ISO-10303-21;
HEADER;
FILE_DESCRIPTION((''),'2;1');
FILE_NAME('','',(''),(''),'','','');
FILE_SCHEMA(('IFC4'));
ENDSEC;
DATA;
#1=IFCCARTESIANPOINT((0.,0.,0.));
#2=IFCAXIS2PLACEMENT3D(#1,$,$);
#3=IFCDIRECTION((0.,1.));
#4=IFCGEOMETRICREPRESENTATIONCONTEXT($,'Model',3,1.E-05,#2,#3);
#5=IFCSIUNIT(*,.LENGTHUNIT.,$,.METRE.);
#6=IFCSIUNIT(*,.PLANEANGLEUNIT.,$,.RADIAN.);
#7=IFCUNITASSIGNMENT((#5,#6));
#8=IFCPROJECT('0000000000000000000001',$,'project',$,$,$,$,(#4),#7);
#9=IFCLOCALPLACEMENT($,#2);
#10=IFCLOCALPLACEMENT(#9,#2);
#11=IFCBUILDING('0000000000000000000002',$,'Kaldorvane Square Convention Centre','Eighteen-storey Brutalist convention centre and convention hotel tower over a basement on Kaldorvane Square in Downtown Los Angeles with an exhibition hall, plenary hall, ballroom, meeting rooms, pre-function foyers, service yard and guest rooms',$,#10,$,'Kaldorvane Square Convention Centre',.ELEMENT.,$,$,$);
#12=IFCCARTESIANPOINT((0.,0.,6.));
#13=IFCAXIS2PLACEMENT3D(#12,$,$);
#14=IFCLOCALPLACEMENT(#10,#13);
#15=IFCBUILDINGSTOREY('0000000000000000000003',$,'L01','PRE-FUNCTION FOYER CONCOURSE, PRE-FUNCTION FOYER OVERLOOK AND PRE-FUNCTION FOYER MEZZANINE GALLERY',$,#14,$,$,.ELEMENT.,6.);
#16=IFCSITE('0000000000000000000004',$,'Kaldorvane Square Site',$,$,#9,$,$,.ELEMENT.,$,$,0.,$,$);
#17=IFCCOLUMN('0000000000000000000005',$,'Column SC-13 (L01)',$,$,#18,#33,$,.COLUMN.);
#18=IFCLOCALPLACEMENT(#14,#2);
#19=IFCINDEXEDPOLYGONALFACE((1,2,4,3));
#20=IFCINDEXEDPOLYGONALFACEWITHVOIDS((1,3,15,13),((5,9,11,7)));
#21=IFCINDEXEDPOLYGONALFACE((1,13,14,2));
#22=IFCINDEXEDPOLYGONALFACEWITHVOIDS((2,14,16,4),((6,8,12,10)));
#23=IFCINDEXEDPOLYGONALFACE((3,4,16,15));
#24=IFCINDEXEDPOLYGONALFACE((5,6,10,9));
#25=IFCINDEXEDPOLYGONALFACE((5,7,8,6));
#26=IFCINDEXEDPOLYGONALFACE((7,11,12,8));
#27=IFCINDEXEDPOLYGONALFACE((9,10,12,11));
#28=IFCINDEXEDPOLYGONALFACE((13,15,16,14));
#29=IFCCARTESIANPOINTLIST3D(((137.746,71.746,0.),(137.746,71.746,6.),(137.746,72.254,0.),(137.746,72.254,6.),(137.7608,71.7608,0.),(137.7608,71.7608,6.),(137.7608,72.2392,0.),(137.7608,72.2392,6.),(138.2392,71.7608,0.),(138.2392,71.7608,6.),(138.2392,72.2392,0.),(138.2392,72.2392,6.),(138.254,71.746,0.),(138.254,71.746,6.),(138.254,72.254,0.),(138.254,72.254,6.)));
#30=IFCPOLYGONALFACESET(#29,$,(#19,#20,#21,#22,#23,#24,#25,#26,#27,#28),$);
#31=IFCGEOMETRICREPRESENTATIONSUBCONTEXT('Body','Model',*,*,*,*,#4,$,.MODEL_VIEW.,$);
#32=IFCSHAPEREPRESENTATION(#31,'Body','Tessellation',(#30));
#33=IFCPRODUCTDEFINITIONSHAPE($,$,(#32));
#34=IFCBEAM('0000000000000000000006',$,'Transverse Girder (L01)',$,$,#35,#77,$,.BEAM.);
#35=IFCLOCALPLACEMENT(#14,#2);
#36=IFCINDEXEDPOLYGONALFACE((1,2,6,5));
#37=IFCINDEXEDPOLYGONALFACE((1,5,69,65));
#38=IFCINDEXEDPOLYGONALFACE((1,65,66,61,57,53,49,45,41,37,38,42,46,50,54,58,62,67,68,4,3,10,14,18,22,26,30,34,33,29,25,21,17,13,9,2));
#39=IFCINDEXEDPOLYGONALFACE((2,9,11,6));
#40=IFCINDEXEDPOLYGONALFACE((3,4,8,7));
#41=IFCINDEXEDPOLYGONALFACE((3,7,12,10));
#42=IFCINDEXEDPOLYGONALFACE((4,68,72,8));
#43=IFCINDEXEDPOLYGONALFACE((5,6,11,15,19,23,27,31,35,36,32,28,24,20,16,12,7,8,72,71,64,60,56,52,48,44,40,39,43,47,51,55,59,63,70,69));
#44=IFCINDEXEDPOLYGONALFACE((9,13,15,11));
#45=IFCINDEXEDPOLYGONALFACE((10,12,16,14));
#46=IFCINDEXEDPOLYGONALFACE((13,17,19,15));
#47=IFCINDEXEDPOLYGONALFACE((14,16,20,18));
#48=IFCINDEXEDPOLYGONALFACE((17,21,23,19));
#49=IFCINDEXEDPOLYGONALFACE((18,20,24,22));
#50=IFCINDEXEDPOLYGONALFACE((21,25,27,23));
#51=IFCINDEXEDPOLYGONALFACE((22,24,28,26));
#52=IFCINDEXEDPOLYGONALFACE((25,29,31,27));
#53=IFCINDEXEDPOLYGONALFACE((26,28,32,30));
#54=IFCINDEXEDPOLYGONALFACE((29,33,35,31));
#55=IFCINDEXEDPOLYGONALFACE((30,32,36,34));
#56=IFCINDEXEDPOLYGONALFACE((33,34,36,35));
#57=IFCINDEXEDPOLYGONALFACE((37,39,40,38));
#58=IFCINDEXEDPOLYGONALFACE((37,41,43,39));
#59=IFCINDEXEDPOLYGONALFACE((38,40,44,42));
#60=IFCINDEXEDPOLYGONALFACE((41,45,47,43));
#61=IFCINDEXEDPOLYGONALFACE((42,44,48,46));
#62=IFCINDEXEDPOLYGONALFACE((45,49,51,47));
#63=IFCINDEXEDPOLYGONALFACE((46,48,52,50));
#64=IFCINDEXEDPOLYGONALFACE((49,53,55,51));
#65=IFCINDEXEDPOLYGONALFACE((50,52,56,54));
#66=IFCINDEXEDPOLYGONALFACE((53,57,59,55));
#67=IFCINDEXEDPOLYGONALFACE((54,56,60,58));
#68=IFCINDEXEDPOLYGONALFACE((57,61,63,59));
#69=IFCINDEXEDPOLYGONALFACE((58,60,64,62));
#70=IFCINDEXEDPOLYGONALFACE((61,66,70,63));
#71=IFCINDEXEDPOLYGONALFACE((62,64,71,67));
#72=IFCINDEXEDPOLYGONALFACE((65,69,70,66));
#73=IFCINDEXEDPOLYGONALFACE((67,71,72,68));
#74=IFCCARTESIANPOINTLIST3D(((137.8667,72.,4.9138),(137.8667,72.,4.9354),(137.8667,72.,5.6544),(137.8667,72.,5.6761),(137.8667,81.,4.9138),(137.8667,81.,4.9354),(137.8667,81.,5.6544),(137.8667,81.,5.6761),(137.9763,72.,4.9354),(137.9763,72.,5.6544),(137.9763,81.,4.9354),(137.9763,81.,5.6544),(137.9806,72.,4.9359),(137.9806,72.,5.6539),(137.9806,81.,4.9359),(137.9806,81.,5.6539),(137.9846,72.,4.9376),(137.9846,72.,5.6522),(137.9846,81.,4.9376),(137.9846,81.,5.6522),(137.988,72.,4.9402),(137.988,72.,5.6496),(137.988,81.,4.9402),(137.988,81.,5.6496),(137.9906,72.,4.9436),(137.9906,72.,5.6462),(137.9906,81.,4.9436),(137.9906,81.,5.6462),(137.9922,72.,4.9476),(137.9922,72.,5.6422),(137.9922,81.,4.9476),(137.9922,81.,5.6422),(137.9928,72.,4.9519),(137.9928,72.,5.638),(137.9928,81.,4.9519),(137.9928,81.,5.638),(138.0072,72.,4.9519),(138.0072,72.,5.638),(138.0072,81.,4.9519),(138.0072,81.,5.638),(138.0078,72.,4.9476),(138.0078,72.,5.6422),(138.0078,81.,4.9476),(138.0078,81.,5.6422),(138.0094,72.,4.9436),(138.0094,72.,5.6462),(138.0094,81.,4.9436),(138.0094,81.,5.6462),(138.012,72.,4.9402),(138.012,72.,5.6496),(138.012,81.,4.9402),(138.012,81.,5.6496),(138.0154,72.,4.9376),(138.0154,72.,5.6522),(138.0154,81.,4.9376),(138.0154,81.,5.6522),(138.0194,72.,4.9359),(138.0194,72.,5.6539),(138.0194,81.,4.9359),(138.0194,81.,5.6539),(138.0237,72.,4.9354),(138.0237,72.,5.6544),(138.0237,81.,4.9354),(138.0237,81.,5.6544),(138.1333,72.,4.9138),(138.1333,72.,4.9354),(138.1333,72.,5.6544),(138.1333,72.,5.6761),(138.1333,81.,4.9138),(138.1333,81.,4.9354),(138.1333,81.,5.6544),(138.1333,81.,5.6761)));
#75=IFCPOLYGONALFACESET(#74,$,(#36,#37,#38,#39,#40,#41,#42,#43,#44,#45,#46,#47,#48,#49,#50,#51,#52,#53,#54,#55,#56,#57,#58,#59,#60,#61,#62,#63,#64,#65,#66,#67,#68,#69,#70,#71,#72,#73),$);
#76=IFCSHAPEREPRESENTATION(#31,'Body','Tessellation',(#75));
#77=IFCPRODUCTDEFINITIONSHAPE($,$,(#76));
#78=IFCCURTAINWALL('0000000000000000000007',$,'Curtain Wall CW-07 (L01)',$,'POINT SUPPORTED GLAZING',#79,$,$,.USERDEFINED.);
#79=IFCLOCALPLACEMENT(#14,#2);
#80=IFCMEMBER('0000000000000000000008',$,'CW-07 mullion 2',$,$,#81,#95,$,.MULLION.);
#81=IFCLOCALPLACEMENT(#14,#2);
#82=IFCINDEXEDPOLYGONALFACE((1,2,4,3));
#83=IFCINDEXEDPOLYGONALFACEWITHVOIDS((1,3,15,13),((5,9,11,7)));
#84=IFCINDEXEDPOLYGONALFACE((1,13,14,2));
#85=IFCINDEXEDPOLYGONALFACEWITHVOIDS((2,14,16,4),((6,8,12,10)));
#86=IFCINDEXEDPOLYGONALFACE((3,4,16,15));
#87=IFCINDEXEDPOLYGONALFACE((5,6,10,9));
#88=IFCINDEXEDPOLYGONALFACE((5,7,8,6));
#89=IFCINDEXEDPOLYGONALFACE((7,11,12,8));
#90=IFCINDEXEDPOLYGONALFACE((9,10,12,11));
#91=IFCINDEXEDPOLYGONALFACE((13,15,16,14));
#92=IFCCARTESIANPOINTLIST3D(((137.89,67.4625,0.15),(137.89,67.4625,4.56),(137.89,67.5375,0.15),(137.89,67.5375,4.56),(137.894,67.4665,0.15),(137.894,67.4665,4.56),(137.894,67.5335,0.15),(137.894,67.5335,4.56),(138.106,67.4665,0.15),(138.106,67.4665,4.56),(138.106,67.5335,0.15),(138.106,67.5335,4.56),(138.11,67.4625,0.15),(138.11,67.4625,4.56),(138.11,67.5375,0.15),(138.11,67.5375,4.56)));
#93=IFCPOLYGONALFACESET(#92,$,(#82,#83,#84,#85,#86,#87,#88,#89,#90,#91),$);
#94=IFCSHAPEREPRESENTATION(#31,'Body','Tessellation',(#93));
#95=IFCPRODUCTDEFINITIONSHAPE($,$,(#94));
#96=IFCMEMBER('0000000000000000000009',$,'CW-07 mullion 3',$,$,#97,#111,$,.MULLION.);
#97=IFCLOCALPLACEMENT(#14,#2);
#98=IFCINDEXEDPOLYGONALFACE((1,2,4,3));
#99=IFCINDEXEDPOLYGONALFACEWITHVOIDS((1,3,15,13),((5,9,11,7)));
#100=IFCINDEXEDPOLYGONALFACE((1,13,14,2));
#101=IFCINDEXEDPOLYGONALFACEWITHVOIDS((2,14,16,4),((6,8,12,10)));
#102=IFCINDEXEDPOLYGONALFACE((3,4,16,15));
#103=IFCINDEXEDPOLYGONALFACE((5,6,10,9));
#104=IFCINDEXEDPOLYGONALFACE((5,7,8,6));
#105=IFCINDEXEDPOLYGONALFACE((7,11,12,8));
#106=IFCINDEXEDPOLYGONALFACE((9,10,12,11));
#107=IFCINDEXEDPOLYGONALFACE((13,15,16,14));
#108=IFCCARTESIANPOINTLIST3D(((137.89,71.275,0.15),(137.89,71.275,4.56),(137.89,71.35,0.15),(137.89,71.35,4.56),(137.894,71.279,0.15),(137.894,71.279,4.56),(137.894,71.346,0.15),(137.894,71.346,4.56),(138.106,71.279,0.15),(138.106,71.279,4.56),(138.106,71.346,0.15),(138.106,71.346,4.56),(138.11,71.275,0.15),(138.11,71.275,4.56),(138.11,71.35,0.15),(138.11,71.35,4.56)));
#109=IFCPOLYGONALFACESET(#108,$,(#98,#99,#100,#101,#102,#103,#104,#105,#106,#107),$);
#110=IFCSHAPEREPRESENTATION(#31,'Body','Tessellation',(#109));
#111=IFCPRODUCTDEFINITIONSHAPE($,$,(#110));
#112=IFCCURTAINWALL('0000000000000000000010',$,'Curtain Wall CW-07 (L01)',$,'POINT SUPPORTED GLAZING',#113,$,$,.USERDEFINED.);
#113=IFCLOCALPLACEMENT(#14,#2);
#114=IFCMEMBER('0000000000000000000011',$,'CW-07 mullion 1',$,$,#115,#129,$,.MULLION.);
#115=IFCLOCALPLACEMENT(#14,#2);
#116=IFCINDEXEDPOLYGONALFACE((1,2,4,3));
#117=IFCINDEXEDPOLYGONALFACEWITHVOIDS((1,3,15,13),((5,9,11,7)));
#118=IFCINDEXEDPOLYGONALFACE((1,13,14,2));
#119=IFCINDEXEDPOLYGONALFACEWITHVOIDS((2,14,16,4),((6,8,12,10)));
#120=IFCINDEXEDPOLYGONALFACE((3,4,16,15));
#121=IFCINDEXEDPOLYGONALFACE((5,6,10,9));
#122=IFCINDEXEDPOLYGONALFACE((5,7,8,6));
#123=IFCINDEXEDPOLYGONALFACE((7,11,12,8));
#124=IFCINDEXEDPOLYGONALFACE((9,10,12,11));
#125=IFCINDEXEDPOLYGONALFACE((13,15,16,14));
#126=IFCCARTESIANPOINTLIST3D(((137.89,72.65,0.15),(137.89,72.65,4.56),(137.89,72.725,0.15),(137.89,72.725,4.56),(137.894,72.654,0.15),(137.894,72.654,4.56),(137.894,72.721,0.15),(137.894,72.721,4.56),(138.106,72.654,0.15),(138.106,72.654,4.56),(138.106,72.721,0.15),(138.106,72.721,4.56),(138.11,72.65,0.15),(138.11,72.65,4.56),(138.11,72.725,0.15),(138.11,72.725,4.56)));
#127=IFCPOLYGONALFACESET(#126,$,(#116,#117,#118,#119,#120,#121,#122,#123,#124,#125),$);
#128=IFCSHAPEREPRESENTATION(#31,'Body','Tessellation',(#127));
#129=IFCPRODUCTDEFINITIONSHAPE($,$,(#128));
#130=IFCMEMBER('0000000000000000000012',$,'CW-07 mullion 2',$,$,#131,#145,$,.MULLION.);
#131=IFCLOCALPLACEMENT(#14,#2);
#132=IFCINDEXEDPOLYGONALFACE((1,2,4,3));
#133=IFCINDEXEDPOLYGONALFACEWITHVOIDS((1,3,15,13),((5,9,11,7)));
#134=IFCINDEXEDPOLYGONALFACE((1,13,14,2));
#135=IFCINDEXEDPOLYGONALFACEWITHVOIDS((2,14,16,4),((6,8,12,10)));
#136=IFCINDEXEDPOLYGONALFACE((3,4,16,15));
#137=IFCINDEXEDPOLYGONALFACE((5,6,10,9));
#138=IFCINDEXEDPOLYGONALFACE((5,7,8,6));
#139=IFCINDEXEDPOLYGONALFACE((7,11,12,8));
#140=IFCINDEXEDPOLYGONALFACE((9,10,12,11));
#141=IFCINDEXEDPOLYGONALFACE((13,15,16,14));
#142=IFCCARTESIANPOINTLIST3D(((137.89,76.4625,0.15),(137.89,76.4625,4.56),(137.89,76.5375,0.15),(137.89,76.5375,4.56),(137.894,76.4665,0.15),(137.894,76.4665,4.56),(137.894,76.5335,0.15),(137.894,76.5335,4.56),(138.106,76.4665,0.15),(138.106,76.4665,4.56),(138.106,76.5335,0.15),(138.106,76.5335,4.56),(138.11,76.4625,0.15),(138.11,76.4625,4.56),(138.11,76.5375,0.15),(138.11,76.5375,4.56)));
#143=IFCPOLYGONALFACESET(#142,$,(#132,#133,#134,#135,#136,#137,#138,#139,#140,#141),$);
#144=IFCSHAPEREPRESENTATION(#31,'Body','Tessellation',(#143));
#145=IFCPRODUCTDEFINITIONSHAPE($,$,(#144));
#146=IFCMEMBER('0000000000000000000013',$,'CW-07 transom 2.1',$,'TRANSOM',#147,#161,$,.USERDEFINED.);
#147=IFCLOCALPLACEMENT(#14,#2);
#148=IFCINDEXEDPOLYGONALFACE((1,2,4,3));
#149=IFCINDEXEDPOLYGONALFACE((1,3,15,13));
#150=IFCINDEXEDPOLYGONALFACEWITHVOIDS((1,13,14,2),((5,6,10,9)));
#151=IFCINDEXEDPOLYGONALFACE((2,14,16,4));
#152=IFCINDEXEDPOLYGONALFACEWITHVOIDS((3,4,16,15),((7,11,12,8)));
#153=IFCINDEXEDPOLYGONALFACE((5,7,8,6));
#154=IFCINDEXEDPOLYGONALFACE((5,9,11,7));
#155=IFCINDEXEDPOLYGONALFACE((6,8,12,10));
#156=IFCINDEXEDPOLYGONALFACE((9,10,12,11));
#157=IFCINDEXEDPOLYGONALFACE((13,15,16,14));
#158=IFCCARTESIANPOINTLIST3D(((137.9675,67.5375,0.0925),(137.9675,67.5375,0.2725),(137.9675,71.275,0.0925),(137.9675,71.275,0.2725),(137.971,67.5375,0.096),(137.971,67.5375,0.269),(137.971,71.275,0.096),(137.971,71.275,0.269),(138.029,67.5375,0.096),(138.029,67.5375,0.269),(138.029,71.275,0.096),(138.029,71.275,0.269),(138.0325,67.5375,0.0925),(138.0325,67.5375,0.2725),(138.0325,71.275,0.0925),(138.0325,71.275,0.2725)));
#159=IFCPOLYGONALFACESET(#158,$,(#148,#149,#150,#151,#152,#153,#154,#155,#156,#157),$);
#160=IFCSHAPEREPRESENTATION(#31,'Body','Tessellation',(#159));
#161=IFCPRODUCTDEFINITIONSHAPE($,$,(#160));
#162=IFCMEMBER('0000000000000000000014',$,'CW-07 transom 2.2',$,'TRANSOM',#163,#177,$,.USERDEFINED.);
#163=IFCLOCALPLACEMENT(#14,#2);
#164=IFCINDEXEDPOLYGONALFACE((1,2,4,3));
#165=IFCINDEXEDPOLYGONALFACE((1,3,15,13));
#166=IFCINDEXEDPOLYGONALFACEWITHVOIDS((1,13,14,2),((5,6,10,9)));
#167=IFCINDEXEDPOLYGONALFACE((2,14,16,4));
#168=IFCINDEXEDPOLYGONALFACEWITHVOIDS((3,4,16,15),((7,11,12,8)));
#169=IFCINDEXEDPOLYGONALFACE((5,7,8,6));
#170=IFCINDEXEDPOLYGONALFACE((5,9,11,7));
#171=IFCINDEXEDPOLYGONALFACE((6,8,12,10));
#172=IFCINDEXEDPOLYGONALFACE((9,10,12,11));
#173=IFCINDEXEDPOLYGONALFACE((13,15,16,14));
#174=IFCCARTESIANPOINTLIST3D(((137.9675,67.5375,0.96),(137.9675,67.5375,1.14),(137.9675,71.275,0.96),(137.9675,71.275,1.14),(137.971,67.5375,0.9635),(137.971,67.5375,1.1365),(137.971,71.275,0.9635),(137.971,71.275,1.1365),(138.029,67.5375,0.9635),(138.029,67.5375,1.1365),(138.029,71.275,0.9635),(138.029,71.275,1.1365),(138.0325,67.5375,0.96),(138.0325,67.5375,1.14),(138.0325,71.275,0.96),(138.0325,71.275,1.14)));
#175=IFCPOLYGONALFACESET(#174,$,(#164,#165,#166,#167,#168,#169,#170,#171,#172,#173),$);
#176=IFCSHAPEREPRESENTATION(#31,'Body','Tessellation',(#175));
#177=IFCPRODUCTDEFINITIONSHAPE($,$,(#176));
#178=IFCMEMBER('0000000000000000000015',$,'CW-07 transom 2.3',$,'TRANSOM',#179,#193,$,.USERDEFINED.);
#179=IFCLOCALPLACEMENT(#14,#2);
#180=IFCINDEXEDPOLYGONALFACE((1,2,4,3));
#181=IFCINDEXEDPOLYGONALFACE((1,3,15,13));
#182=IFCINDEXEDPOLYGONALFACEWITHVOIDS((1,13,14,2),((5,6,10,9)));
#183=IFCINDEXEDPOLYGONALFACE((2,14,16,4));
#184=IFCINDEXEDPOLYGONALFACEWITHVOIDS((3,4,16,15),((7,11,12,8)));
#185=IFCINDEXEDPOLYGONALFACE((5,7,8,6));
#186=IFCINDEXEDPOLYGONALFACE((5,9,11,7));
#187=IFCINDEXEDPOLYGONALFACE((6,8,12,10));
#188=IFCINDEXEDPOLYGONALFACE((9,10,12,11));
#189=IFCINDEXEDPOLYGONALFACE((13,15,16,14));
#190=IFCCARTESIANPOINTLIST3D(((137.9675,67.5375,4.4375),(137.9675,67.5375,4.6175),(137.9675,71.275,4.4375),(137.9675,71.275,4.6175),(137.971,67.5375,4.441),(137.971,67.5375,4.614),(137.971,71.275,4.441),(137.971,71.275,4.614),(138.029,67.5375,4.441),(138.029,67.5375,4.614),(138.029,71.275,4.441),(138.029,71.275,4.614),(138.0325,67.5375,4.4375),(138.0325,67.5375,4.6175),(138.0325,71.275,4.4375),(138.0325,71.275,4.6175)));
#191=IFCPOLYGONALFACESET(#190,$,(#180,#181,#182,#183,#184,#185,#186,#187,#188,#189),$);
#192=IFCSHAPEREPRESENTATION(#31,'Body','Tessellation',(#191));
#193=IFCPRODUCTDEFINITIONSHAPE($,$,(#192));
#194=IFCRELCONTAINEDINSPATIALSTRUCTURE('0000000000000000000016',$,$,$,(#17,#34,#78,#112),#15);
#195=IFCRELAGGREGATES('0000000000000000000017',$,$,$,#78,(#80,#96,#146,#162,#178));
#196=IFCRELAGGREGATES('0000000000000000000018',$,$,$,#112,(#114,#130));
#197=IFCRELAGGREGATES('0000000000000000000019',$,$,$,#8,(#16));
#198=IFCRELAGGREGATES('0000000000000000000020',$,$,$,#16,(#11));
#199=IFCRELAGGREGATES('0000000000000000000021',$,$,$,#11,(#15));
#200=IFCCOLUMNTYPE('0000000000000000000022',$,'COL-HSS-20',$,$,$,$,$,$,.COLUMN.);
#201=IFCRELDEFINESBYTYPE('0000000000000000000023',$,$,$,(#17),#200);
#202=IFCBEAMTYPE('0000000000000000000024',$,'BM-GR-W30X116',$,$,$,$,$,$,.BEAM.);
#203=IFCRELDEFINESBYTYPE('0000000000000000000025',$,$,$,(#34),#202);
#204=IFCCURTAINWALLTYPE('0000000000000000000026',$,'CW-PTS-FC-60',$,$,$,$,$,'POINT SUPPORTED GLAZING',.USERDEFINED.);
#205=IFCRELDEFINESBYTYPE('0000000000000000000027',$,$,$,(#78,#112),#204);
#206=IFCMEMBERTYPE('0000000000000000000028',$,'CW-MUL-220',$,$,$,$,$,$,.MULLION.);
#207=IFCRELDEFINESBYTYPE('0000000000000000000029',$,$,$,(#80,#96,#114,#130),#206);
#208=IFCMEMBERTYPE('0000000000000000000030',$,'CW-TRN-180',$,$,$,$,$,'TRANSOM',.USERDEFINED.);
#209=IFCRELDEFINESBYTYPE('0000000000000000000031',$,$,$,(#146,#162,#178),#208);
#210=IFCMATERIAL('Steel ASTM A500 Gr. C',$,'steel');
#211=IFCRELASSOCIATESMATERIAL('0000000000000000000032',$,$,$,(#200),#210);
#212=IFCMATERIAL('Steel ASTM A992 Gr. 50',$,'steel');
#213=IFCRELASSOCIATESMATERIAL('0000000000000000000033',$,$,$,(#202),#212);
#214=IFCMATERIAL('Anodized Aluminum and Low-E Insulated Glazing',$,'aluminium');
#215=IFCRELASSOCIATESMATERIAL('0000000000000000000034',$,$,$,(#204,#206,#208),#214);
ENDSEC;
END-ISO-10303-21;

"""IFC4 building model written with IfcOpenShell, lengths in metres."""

from ifc_helpers import new_model, si_unit, direction, frame, origin, origin_2d, place, context, subcontext, project, spatial, hollow_rectangle, i_section, extrude, material, material_profile, profile_set, type_object, element, aggregate, save


model = new_model("IFC4")

# Units and contexts
model_context = context("Model", 3, precision=1e-05, world=origin(), true_north=direction((0.0, 1.0)))
body_context = subcontext(model_context, "Body", "Model", "MODEL_VIEW")
ifc_project = project(units=[si_unit("LENGTHUNIT", "METRE"), si_unit("PLANEANGLEUNIT", "RADIAN")], contexts=[model_context])

# Site, building, storey
site_placement = place(None, origin())
site = spatial("IfcSite", under=ifc_project, at=site_placement, Name="Kaldorvane Square Site", CompositionType="ELEMENT", RefElevation=0.0)
building_placement = place(site_placement, origin())
building = spatial("IfcBuilding", under=site, at=building_placement, Name="Kaldorvane Square Convention Centre", Description="Eighteen-storey Brutalist convention centre and convention hotel tower over a basement on Kaldorvane Square in Downtown Los Angeles with an exhibition hall, plenary hall, ballroom, meeting rooms, pre-function foyers, service yard and guest rooms", LongName="Kaldorvane Square Convention Centre", CompositionType="ELEMENT")
storey_placement = place(building_placement, frame((0.0, 0.0, 6.0)))
storey = spatial("IfcBuildingStorey", under=building, at=storey_placement, Name="L01", Description="PRE-FUNCTION FOYER CONCOURSE, PRE-FUNCTION FOYER OVERLOOK AND PRE-FUNCTION FOYER MEZZANINE GALLERY", CompositionType="ELEMENT", Elevation=6.0)

# Column
ifc_material_1 = material(Name="Steel ASTM A500 Gr. C", Category="steel")
ifc_material_profile_1 = material_profile(ifc_material_1, hollow_rectangle(XDim=0.508, YDim=0.508, WallThickness=0.0148, at=origin_2d()), Name="HSS20X20X5/8")
ifc_profile_set_1 = profile_set([ifc_material_profile_1], Name="Steel ASTM A500 Gr. C")
column_type = type_object("IfcColumnType", Name="COL-HSS-20", PredefinedType="COLUMN", material=ifc_profile_set_1)
column_placement = place(storey_placement, frame((138.0, 72.0, 0.0), z_axis=(0.0, 0.0, 1.0), x_axis=(1.0, 0.0, 0.0)))
element("IfcColumn", 1, at=column_placement, inside=storey, type_object=column_type, Name="Column SC-13 (L01)", PredefinedType="COLUMN", context=body_context, shape_type="SweptSolid", body=[
    extrude(hollow_rectangle(XDim=0.508, YDim=0.508, WallThickness=0.0148, at=origin_2d()), origin(), (0.0, 0.0, 1.0), 6.0),
])

# Beam
ifc_material_2 = material(Name="Steel ASTM A992 Gr. 50", Category="steel")
ifc_material_profile_2 = material_profile(ifc_material_2, i_section(OverallWidth=0.2666, OverallDepth=0.7623, WebThickness=0.0144, FlangeThickness=0.0216, FilletRadius=0.0165, at=origin_2d()), Name="W30X116")
ifc_profile_set_2 = profile_set([ifc_material_profile_2], Name="Steel ASTM A992 Gr. 50")
beam_type = type_object("IfcBeamType", Name="BM-GR-W30X116", PredefinedType="BEAM", material=ifc_profile_set_2)
beam_placement = place(storey_placement, frame((138.0, 72.0, 5.2949), z_axis=(0.0, 1.0, 0.0), x_axis=(-1.0, 0.0, 0.0)))
element("IfcBeam", 2, at=beam_placement, inside=storey, type_object=beam_type, Name="Transverse Girder (L01)", PredefinedType="BEAM", context=body_context, shape_type="SweptSolid", body=[
    extrude(i_section(OverallWidth=0.2666, OverallDepth=0.7623, WebThickness=0.0144, FlangeThickness=0.0216, FilletRadius=0.0165, at=origin_2d()), origin(), (0.0, 0.0, 1.0), 9.0),
])

# Curtain walls, members
ifc_material_3 = material(Name="Anodized Aluminum and Low-E Insulated Glazing", Category="aluminium")
curtain_wall_type = type_object("IfcCurtainWallType", Name="CW-PTS-FC-60", ElementType="POINT SUPPORTED GLAZING", PredefinedType="USERDEFINED", material=ifc_material_3)
curtain_wall_1_placement = place(storey_placement, origin())
curtain_wall_1 = element("IfcCurtainWall", 3, at=curtain_wall_1_placement, inside=storey, type_object=curtain_wall_type, Name="Curtain Wall CW-07 (L01)", ObjectType="POINT SUPPORTED GLAZING", PredefinedType="USERDEFINED")
ifc_material_profile_3 = material_profile(ifc_material_3, hollow_rectangle(XDim=0.075, YDim=0.22, WallThickness=0.004, at=origin_2d()), Name="CWM-220X75")
ifc_profile_set_3 = profile_set([ifc_material_profile_3], Name="Anodized Aluminum and Low-E Insulated Glazing")
member_type_1 = type_object("IfcMemberType", Name="CW-MUL-220", PredefinedType="MULLION", material=ifc_profile_set_3)
member_1_placement = place(storey_placement, frame((138.0, 67.5, 0.15), z_axis=(0.0, 0.0, 1.0), x_axis=(0.0, 1.0, 0.0)))
member_1 = element("IfcMember", 4, at=member_1_placement, type_object=member_type_1, Name="CW-07 mullion 2", PredefinedType="MULLION", context=body_context, shape_type="SweptSolid", body=[
    extrude(hollow_rectangle(XDim=0.075, YDim=0.22, WallThickness=0.004, at=origin_2d()), origin(), (0.0, 0.0, 1.0), 4.41),
])
member_2_placement = place(storey_placement, frame((138.0, 71.3125, 0.15), z_axis=(0.0, 0.0, 1.0), x_axis=(0.0, 1.0, 0.0)))
member_2 = element("IfcMember", 5, at=member_2_placement, type_object=member_type_1, Name="CW-07 mullion 3", PredefinedType="MULLION", context=body_context, shape_type="SweptSolid", body=[
    extrude(hollow_rectangle(XDim=0.075, YDim=0.22, WallThickness=0.004, at=origin_2d()), origin(), (0.0, 0.0, 1.0), 4.41),
])
curtain_wall_2_placement = place(storey_placement, origin())
curtain_wall_2 = element("IfcCurtainWall", 6, at=curtain_wall_2_placement, inside=storey, type_object=curtain_wall_type, Name="Curtain Wall CW-07 (L01)", ObjectType="POINT SUPPORTED GLAZING", PredefinedType="USERDEFINED")
member_3_placement = place(storey_placement, frame((138.0, 72.6875, 0.15), z_axis=(0.0, 0.0, 1.0), x_axis=(0.0, 1.0, 0.0)))
member_3 = element("IfcMember", 7, at=member_3_placement, type_object=member_type_1, Name="CW-07 mullion 1", PredefinedType="MULLION", context=body_context, shape_type="SweptSolid", body=[
    extrude(hollow_rectangle(XDim=0.075, YDim=0.22, WallThickness=0.004, at=origin_2d()), origin(), (0.0, 0.0, 1.0), 4.41),
])
member_4_placement = place(storey_placement, frame((138.0, 76.5, 0.15), z_axis=(0.0, 0.0, 1.0), x_axis=(0.0, 1.0, 0.0)))
member_4 = element("IfcMember", 8, at=member_4_placement, type_object=member_type_1, Name="CW-07 mullion 2", PredefinedType="MULLION", context=body_context, shape_type="SweptSolid", body=[
    extrude(hollow_rectangle(XDim=0.075, YDim=0.22, WallThickness=0.004, at=origin_2d()), origin(), (0.0, 0.0, 1.0), 4.41),
])

# Members
ifc_material_profile_4 = material_profile(ifc_material_3, hollow_rectangle(XDim=0.065, YDim=0.18, WallThickness=0.0035, at=origin_2d()), Name="CWT-180X65")
ifc_profile_set_4 = profile_set([ifc_material_profile_4], Name="Anodized Aluminum and Low-E Insulated Glazing")
member_type_2 = type_object("IfcMemberType", Name="CW-TRN-180", ElementType="TRANSOM", PredefinedType="USERDEFINED", material=ifc_profile_set_4)
member_5_placement = place(storey_placement, frame((138.0, 67.5375, 0.1825), z_axis=(0.0, 1.0, 0.0), x_axis=(-1.0, 0.0, 0.0)))
member_5 = element("IfcMember", 9, at=member_5_placement, type_object=member_type_2, Name="CW-07 transom 2.1", ObjectType="TRANSOM", PredefinedType="USERDEFINED", context=body_context, shape_type="SweptSolid", body=[
    extrude(hollow_rectangle(XDim=0.065, YDim=0.18, WallThickness=0.0035, at=origin_2d()), origin(), (0.0, 0.0, 1.0), 3.7375),
])
member_6_placement = place(storey_placement, frame((138.0, 67.5375, 1.05), z_axis=(0.0, 1.0, 0.0), x_axis=(-1.0, 0.0, 0.0)))
member_6 = element("IfcMember", 10, at=member_6_placement, type_object=member_type_2, Name="CW-07 transom 2.2", ObjectType="TRANSOM", PredefinedType="USERDEFINED", context=body_context, shape_type="SweptSolid", body=[
    extrude(hollow_rectangle(XDim=0.065, YDim=0.18, WallThickness=0.0035, at=origin_2d()), origin(), (0.0, 0.0, 1.0), 3.7375),
])
member_7_placement = place(storey_placement, frame((138.0, 67.5375, 4.5275), z_axis=(0.0, 1.0, 0.0), x_axis=(-1.0, 0.0, 0.0)))
member_7 = element("IfcMember", 11, at=member_7_placement, type_object=member_type_2, Name="CW-07 transom 2.3", ObjectType="TRANSOM", PredefinedType="USERDEFINED", context=body_context, shape_type="SweptSolid", body=[
    extrude(hollow_rectangle(XDim=0.065, YDim=0.18, WallThickness=0.0035, at=origin_2d()), origin(), (0.0, 0.0, 1.0), 3.7375),
])

aggregate(curtain_wall_1, [member_1, member_2, member_5, member_6, member_7])
aggregate(curtain_wall_2, [member_3, member_4])

save(model, "model.ifc")
